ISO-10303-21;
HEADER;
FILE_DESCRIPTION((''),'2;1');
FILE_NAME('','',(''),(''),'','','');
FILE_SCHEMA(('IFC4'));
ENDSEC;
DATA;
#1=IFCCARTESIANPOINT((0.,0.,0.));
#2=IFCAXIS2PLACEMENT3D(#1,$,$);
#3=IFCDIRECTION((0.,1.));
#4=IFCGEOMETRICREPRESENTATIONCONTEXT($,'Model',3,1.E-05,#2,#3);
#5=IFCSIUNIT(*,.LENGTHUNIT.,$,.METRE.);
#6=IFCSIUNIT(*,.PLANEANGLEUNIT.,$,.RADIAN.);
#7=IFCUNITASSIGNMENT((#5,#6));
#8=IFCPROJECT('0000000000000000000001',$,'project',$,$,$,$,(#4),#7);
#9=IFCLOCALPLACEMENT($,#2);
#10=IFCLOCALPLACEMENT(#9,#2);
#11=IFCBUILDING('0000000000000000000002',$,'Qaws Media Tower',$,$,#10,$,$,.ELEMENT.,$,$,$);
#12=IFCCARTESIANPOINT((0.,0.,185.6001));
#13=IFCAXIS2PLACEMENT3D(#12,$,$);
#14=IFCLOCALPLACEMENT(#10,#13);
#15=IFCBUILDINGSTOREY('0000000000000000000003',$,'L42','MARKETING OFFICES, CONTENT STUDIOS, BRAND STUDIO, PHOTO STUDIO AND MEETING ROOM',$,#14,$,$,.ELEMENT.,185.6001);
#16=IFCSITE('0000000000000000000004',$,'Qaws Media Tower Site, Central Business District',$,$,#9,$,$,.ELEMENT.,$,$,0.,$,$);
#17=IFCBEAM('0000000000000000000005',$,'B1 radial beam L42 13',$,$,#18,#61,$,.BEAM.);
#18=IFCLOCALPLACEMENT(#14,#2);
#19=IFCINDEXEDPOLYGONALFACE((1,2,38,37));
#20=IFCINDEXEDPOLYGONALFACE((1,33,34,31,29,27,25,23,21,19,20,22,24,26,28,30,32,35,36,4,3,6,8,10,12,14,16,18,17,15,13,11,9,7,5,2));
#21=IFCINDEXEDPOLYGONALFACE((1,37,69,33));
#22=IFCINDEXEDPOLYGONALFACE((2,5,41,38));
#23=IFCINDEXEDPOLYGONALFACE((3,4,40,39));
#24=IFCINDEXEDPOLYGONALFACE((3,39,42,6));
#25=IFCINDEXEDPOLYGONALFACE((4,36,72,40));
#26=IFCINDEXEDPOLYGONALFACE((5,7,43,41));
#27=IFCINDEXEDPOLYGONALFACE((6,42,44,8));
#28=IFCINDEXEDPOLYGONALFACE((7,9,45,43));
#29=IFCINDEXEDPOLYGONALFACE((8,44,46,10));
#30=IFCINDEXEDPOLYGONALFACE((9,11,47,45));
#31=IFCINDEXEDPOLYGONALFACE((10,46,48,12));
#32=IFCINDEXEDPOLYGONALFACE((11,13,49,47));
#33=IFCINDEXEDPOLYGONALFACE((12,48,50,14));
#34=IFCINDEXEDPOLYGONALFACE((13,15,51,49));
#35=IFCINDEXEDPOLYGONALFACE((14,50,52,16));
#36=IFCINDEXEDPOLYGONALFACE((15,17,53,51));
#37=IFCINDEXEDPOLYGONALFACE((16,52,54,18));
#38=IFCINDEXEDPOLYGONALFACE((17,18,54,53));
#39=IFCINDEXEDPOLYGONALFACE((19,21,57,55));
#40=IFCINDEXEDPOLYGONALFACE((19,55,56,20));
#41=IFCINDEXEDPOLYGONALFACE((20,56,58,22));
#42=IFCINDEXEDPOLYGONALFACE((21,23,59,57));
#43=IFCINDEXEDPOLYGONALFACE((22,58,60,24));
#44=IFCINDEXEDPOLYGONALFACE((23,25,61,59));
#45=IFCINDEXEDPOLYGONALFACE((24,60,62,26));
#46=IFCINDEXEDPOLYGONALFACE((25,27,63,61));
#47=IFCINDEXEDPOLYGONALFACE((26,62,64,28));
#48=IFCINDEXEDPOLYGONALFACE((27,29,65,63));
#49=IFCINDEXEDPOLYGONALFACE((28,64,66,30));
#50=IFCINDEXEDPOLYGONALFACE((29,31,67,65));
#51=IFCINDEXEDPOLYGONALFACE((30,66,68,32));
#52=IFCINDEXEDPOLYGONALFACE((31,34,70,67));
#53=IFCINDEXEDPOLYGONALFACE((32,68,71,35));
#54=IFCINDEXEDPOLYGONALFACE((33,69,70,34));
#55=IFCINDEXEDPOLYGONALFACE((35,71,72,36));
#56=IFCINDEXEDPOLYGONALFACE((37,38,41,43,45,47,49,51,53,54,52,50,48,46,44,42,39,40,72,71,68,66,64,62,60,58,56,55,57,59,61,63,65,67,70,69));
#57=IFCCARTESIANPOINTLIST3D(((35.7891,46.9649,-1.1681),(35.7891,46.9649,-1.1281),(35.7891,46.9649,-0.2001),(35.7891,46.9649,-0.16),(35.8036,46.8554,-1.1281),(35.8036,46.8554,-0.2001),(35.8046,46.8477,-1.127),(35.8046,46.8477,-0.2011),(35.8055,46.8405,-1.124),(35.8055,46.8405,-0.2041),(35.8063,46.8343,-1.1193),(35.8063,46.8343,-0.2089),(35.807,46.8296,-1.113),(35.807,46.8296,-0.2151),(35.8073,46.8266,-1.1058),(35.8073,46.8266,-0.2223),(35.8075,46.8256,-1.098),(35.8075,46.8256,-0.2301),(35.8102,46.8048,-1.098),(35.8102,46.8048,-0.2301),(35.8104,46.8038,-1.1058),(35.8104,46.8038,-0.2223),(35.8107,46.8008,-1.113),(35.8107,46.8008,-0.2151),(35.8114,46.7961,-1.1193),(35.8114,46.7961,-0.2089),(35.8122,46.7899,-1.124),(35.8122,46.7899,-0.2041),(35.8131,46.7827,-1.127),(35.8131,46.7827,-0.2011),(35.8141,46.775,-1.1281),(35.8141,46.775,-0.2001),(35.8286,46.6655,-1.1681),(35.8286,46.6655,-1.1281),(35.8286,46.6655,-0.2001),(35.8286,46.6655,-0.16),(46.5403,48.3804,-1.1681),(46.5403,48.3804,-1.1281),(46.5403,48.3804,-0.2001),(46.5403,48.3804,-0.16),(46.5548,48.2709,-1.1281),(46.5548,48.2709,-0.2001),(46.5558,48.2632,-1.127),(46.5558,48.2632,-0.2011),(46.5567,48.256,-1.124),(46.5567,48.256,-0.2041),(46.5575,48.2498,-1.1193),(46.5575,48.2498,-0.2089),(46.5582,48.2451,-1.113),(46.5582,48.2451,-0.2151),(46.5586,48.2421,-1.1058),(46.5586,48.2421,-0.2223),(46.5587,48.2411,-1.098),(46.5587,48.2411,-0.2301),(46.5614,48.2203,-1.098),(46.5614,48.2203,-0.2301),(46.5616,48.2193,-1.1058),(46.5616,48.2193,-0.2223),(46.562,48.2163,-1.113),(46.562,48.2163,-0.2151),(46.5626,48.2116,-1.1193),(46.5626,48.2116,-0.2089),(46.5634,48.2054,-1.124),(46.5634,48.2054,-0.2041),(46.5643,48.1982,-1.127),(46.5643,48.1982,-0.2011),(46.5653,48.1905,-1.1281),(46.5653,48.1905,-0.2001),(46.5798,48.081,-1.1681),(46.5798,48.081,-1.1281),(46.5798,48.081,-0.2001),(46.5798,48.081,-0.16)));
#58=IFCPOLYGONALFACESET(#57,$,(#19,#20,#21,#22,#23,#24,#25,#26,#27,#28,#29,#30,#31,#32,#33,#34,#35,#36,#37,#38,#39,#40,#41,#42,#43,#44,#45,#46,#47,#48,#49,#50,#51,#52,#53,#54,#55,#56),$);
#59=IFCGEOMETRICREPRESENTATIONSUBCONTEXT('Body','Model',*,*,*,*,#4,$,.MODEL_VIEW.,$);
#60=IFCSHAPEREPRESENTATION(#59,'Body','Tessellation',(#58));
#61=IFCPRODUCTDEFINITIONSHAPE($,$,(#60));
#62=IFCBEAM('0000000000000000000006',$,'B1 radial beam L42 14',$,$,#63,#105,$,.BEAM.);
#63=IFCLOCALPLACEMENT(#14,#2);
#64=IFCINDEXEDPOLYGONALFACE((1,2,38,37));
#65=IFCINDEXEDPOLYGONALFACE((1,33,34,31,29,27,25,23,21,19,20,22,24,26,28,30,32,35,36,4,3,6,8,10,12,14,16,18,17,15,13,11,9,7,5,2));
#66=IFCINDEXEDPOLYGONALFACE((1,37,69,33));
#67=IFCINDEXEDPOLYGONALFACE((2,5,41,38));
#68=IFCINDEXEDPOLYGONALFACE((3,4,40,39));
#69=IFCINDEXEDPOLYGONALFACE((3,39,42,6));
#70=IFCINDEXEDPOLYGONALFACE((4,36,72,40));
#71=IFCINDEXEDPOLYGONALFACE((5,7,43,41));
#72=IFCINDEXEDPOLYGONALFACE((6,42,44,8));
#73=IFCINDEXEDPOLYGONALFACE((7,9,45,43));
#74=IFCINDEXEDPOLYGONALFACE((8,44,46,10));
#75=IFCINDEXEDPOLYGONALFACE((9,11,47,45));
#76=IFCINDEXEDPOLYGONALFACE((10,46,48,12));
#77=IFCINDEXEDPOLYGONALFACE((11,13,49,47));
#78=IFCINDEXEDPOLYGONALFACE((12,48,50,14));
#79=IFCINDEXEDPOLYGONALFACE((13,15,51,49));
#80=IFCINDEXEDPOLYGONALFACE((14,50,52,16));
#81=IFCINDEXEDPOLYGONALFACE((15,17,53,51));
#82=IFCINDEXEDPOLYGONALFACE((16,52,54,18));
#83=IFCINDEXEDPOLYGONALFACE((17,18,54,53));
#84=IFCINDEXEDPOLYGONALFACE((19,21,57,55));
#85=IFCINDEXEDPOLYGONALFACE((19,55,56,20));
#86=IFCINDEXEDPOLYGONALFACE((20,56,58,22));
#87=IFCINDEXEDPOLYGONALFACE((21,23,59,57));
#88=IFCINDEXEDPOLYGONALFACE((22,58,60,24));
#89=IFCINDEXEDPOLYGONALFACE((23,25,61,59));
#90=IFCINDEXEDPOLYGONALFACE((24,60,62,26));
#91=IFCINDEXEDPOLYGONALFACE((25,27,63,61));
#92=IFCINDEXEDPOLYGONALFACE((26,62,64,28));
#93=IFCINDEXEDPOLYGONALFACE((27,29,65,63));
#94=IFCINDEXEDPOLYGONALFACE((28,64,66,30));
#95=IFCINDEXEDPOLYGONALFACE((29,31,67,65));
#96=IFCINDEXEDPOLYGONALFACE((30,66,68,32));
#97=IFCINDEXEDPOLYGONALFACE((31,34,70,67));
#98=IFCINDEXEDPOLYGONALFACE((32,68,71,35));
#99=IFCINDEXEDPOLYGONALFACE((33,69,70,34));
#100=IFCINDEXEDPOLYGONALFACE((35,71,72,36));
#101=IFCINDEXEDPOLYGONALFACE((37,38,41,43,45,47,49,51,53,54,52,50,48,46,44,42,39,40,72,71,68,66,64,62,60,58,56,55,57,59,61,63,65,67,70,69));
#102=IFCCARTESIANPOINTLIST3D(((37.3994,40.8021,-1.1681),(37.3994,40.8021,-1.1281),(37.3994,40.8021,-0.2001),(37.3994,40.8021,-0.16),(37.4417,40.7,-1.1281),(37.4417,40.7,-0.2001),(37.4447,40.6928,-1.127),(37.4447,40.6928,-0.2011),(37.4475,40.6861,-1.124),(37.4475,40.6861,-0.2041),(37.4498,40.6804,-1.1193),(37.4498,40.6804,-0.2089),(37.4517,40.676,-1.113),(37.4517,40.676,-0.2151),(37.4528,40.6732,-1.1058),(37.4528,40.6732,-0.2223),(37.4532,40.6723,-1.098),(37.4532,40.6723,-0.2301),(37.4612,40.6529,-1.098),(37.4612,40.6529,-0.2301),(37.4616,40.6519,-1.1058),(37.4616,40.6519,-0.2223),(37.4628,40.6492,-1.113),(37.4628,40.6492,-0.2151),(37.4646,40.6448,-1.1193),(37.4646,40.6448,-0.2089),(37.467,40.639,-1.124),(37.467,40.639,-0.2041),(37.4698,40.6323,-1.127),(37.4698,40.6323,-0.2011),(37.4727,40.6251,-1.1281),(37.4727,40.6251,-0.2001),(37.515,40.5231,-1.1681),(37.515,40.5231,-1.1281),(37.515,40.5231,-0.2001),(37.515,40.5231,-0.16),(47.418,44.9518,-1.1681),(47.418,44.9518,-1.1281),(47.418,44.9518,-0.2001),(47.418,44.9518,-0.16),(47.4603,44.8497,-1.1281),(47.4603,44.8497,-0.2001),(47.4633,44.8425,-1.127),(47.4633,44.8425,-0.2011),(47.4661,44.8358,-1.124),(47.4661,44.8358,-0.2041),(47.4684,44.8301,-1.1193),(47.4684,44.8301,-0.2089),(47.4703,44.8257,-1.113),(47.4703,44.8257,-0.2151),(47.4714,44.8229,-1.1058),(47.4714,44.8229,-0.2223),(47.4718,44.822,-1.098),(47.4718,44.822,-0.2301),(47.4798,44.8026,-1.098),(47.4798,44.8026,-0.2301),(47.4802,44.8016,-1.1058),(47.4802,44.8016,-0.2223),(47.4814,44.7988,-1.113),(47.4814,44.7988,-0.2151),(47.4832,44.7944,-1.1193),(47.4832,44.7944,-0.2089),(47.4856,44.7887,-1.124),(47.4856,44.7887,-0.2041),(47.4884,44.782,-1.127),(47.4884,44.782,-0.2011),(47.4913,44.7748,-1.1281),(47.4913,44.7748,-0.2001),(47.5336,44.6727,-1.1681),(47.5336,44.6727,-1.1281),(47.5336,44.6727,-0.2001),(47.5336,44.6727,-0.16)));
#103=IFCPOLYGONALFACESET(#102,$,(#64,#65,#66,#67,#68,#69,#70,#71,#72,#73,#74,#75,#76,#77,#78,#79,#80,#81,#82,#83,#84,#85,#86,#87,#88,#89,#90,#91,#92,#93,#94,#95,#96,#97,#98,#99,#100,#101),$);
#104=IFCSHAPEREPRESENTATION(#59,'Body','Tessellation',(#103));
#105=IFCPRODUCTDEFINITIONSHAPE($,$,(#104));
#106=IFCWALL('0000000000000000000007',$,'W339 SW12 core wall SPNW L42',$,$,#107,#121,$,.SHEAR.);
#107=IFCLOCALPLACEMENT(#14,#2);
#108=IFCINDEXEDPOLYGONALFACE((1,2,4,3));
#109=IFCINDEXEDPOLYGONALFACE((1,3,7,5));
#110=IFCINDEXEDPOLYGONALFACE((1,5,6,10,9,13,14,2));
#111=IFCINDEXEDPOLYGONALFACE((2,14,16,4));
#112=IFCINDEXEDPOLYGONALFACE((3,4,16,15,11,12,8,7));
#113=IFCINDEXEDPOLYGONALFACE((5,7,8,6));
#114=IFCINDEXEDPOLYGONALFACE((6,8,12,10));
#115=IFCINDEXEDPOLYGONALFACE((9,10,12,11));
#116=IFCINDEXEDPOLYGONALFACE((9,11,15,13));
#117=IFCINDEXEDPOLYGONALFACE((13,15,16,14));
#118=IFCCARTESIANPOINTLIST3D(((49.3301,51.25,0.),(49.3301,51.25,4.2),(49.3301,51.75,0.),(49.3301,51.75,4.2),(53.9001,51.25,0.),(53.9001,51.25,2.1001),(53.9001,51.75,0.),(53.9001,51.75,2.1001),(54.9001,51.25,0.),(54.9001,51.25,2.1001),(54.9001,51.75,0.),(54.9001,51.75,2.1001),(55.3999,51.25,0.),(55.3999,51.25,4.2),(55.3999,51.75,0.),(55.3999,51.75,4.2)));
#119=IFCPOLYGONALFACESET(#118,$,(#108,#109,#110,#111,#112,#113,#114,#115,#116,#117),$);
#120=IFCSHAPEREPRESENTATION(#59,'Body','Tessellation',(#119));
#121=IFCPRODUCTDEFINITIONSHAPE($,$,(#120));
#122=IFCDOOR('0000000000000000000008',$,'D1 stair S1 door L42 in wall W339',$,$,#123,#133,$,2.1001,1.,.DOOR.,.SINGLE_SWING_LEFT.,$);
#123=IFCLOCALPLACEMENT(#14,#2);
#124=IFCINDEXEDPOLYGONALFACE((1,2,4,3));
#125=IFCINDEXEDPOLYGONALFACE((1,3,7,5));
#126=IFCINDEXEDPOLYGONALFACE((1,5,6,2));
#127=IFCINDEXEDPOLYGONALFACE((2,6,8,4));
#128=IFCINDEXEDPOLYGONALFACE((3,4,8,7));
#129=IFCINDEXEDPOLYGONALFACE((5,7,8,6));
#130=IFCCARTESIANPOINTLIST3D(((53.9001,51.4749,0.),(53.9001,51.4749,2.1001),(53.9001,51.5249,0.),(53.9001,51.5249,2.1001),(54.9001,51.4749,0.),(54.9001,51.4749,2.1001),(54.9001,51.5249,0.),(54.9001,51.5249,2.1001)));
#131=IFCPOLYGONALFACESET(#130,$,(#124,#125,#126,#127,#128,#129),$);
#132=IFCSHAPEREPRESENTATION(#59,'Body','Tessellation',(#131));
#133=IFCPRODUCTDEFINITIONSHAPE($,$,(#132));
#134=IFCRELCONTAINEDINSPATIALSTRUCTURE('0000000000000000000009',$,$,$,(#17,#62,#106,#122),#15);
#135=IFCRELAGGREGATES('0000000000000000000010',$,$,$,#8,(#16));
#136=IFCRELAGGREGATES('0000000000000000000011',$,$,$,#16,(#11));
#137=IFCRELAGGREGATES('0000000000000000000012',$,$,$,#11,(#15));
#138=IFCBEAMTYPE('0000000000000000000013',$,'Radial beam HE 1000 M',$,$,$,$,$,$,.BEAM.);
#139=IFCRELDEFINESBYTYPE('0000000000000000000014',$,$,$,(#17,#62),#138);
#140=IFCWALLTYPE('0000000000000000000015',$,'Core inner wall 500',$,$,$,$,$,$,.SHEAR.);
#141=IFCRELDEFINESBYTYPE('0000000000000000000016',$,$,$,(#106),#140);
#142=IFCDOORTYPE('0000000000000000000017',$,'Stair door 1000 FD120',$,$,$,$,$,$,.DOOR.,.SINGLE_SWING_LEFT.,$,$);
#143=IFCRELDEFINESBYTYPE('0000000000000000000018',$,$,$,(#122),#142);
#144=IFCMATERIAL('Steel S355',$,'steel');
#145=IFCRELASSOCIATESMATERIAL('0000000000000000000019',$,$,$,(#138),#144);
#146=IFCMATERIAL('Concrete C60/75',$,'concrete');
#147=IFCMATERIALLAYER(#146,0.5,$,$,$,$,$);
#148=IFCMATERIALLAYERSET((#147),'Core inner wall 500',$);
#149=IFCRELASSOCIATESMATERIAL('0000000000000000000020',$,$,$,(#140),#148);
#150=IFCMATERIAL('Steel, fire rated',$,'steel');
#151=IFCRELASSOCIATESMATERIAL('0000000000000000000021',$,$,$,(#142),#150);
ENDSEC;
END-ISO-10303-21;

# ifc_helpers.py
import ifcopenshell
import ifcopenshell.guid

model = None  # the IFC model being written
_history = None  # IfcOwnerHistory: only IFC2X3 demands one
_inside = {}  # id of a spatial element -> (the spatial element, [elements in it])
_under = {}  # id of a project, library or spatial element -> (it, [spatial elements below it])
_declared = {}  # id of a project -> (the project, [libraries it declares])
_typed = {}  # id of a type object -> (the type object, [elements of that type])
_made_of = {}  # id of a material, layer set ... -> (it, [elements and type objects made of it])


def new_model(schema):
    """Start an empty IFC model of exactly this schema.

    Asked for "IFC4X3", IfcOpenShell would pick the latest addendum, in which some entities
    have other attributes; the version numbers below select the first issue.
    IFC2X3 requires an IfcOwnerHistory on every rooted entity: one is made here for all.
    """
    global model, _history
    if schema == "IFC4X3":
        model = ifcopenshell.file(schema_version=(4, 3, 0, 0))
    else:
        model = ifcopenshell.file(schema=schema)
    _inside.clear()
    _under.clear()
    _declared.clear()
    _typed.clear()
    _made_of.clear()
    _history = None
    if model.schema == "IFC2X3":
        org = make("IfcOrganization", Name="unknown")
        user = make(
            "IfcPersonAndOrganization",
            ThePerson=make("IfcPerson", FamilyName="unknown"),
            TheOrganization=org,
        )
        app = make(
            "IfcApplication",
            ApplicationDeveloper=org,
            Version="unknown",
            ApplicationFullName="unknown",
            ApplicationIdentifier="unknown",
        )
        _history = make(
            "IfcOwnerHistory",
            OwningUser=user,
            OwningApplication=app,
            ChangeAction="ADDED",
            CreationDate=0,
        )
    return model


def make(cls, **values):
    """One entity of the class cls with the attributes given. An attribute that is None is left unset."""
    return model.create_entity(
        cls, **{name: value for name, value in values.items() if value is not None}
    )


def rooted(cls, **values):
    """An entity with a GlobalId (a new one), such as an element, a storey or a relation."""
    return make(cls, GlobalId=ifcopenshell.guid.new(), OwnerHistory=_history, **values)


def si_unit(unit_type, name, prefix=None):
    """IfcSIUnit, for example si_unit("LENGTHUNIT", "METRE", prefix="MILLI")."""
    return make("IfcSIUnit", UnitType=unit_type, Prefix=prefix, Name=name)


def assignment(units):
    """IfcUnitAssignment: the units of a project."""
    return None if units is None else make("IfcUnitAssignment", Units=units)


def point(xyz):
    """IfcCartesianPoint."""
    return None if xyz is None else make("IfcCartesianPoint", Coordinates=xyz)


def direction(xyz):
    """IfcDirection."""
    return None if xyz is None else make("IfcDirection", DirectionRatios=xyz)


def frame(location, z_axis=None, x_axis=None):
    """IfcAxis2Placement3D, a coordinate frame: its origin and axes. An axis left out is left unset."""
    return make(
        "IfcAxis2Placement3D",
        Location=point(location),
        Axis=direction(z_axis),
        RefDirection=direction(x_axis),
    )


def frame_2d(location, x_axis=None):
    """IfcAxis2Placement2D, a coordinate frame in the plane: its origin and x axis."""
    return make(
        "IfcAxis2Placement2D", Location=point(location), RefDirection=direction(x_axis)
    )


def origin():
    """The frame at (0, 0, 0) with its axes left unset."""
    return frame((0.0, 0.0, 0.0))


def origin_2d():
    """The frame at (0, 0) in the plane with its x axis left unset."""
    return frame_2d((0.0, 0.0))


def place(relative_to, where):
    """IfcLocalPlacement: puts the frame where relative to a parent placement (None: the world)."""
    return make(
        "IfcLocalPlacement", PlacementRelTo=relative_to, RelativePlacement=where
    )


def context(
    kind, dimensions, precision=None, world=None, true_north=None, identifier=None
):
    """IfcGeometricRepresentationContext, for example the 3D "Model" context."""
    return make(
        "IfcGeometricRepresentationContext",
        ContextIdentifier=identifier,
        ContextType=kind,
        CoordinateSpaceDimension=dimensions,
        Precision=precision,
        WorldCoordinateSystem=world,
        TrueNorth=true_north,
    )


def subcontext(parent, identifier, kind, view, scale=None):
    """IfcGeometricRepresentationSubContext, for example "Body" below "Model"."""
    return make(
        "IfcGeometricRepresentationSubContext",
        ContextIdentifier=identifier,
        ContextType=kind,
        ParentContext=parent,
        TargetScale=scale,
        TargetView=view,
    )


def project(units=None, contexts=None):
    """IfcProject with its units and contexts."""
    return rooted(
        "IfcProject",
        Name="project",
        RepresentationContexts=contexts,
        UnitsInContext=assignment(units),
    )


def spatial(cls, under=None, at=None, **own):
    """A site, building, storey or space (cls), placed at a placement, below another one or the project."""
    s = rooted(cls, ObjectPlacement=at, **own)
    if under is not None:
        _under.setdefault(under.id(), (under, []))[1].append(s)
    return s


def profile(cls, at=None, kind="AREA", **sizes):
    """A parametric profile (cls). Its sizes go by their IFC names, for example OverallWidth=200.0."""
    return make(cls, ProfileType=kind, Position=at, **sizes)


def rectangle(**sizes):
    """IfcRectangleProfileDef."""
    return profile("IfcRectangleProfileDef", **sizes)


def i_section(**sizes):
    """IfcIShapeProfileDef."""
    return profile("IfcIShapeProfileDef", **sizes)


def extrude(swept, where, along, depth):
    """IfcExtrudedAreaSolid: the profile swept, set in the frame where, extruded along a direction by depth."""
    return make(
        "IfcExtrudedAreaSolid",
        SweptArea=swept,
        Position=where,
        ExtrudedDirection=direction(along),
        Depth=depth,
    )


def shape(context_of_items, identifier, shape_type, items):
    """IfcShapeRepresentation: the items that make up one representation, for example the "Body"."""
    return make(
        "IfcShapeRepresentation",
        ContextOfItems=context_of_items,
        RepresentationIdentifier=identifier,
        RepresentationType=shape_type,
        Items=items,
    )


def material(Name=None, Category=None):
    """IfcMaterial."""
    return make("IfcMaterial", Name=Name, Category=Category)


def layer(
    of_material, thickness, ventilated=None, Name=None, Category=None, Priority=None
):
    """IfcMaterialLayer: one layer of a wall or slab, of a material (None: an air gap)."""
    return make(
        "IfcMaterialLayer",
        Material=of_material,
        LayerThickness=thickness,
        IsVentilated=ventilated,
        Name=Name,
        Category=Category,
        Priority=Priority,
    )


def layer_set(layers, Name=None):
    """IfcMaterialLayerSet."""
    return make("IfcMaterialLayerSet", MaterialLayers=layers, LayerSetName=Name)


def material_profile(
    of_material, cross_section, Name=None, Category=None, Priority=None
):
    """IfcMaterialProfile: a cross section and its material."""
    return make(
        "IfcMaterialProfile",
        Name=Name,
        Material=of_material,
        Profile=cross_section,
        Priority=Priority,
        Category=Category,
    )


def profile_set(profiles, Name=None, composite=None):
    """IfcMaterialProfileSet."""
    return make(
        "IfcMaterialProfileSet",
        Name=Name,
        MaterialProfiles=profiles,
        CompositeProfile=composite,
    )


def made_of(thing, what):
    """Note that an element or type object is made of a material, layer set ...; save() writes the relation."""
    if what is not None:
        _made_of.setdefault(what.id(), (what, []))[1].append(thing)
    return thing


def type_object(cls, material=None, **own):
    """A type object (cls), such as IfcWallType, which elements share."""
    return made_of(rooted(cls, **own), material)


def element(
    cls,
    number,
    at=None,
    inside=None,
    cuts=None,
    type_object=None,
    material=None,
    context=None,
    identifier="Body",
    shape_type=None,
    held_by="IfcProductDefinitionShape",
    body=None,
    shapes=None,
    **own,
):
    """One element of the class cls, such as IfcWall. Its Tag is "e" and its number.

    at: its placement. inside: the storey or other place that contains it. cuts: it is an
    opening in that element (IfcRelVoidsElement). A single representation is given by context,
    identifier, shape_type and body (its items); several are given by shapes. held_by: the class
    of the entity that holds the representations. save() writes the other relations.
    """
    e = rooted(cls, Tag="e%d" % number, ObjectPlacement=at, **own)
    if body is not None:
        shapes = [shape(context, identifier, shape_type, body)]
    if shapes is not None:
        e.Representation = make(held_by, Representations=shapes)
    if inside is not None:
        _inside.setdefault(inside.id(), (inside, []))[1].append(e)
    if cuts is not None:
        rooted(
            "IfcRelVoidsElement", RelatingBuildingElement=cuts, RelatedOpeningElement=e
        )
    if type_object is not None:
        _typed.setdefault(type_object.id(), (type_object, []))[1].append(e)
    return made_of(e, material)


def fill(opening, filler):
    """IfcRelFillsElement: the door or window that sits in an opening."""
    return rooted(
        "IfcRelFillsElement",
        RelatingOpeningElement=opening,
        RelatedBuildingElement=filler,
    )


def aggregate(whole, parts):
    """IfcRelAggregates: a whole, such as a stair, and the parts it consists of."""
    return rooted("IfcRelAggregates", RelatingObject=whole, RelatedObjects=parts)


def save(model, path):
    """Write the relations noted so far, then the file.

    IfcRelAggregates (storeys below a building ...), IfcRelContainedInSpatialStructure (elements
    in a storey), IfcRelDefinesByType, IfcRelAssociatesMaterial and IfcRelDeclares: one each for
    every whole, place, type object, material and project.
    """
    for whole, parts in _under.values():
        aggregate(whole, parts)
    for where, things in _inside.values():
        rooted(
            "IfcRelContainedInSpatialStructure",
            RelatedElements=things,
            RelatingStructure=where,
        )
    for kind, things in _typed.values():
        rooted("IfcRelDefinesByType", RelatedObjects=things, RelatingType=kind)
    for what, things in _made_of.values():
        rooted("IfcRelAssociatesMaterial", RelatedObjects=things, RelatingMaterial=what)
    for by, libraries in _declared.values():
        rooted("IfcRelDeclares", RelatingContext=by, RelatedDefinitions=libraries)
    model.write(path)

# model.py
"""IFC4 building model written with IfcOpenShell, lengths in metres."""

from ifc_helpers import new_model, si_unit, direction, frame, frame_2d, origin, origin_2d, place, context, subcontext, project, spatial, rectangle, i_section, extrude, material, layer, layer_set, material_profile, profile_set, type_object, element, fill, save


model = new_model("IFC4")

# Units and contexts
model_context = context("Model", 3, precision=1e-05, world=origin(), true_north=direction((0.0, 1.0)))
body_context = subcontext(model_context, "Body", "Model", "MODEL_VIEW")
ifc_project = project(units=[si_unit("LENGTHUNIT", "METRE"), si_unit("PLANEANGLEUNIT", "RADIAN")], contexts=[model_context])

# Site, building, storey
site_placement = place(None, origin())
site = spatial("IfcSite", under=ifc_project, at=site_placement, Name="Qaws Media Tower Site, Central Business District", CompositionType="ELEMENT", RefElevation=0.0)
building_placement = place(site_placement, origin())
building = spatial("IfcBuilding", under=site, at=building_placement, Name="Qaws Media Tower", CompositionType="ELEMENT")
storey_placement = place(building_placement, frame((0.0, 0.0, 185.6001)))
storey = spatial("IfcBuildingStorey", under=building, at=storey_placement, Name="L42", Description="MARKETING OFFICES, CONTENT STUDIOS, BRAND STUDIO, PHOTO STUDIO AND MEETING ROOM", CompositionType="ELEMENT", Elevation=185.6001)

# Beams
ifc_material_1 = material(Name="Steel S355", Category="steel")
ifc_material_profile = material_profile(ifc_material_1, i_section(OverallWidth=0.302, OverallDepth=1.0081, WebThickness=0.021, FlangeThickness=0.04, FilletRadius=0.03, at=origin_2d()), Name="HE 1000 M")
ifc_profile_set = profile_set([ifc_material_profile], Name="Steel S355")
beam_type = type_object("IfcBeamType", Name="Radial beam HE 1000 M", PredefinedType="BEAM", material=ifc_profile_set)
for number, where, z_axis, x_axis, name in (
    (1, (46.5601, 48.2307, -0.6641), (-0.991444, -0.130535, 0.0), (0.130535, -0.991444, 0.0), "B1 radial beam L42 13"),
    (2, (47.4758, 44.8123, -0.6641), (-0.923885, -0.382671, 0.0), (0.382671, -0.923885, 0.0), "B1 radial beam L42 14"),
):
    element("IfcBeam", number, at=place(storey_placement, frame(where, z_axis=z_axis, x_axis=x_axis)), inside=storey, type_object=beam_type, Name=name, PredefinedType="BEAM", context=body_context, shape_type="SweptSolid", body=[
        extrude(i_section(OverallWidth=0.302, OverallDepth=1.0081, WebThickness=0.021, FlangeThickness=0.04, FilletRadius=0.03, at=origin_2d()), origin(), (0.0, 0.0, 1.0), 10.844),
    ])

# Wall, opening, door
ifc_material_2 = material(Name="Concrete C60/75", Category="concrete")
ifc_layer_1 = layer(ifc_material_2, 0.5)
ifc_layer_set_1 = layer_set([ifc_layer_1], Name="Core inner wall 500")
wall_type_1 = type_object("IfcWallType", Name="Core inner wall 500", PredefinedType="SHEAR", material=ifc_layer_set_1)
wall_1_placement = place(storey_placement, frame((49.3301, 51.5, 0.0), z_axis=(0.0, 0.0, 1.0), x_axis=(1.0, 0.0, 0.0)))
wall_1 = element("IfcWall", 3, at=wall_1_placement, inside=storey, type_object=wall_type_1, Name="W339 SW12 core wall SPNW L42", PredefinedType="SHEAR", context=body_context, shape_type="SweptSolid", body=[
    extrude(rectangle(XDim=6.0698, YDim=0.5, at=frame_2d((3.0349, 0.0))), origin(), (0.0, 0.0, 1.0), 4.2),
])
opening_1_placement = place(wall_1_placement, frame((4.5701, 0.0, 0.0)))
opening_1 = element("IfcOpeningElement", 4, at=opening_1_placement, cuts=wall_1, PredefinedType="OPENING", context=body_context, shape_type="SweptSolid", body=[
    extrude(rectangle(XDim=1.0, YDim=2.1001, at=frame_2d((0.5, 1.05))), frame((0.0, 0.26, 0.0), z_axis=(0.0, -1.0, 0.0), x_axis=(1.0, 0.0, 0.0)), (0.0, 0.0, 1.0), 0.52),
])
ifc_material_3 = material(Name="Steel, fire rated", Category="steel")
door_type_1 = type_object("IfcDoorType", Name="Stair door 1000 FD120", OperationType="SINGLE_SWING_LEFT", PredefinedType="DOOR", material=ifc_material_3)
door_1_placement = place(opening_1_placement, origin())
door_1 = element("IfcDoor", 5, at=door_1_placement, inside=storey, type_object=door_type_1, Name="D1 stair S1 door L42 in wall W339", OperationType="SINGLE_SWING_LEFT", OverallHeight=2.1001, OverallWidth=1.0, PredefinedType="DOOR", context=body_context, shape_type="SweptSolid", body=[
    extrude(rectangle(XDim=1.0, YDim=2.1001, at=frame_2d((0.5, 1.05))), frame((0.0, 0.0249, 0.0), z_axis=(0.0, -1.0, 0.0), x_axis=(1.0, 0.0, 0.0)), (0.0, 0.0, 1.0), 0.05),
])
fill(opening_1, door_1)

save(model, "model.ifc")
